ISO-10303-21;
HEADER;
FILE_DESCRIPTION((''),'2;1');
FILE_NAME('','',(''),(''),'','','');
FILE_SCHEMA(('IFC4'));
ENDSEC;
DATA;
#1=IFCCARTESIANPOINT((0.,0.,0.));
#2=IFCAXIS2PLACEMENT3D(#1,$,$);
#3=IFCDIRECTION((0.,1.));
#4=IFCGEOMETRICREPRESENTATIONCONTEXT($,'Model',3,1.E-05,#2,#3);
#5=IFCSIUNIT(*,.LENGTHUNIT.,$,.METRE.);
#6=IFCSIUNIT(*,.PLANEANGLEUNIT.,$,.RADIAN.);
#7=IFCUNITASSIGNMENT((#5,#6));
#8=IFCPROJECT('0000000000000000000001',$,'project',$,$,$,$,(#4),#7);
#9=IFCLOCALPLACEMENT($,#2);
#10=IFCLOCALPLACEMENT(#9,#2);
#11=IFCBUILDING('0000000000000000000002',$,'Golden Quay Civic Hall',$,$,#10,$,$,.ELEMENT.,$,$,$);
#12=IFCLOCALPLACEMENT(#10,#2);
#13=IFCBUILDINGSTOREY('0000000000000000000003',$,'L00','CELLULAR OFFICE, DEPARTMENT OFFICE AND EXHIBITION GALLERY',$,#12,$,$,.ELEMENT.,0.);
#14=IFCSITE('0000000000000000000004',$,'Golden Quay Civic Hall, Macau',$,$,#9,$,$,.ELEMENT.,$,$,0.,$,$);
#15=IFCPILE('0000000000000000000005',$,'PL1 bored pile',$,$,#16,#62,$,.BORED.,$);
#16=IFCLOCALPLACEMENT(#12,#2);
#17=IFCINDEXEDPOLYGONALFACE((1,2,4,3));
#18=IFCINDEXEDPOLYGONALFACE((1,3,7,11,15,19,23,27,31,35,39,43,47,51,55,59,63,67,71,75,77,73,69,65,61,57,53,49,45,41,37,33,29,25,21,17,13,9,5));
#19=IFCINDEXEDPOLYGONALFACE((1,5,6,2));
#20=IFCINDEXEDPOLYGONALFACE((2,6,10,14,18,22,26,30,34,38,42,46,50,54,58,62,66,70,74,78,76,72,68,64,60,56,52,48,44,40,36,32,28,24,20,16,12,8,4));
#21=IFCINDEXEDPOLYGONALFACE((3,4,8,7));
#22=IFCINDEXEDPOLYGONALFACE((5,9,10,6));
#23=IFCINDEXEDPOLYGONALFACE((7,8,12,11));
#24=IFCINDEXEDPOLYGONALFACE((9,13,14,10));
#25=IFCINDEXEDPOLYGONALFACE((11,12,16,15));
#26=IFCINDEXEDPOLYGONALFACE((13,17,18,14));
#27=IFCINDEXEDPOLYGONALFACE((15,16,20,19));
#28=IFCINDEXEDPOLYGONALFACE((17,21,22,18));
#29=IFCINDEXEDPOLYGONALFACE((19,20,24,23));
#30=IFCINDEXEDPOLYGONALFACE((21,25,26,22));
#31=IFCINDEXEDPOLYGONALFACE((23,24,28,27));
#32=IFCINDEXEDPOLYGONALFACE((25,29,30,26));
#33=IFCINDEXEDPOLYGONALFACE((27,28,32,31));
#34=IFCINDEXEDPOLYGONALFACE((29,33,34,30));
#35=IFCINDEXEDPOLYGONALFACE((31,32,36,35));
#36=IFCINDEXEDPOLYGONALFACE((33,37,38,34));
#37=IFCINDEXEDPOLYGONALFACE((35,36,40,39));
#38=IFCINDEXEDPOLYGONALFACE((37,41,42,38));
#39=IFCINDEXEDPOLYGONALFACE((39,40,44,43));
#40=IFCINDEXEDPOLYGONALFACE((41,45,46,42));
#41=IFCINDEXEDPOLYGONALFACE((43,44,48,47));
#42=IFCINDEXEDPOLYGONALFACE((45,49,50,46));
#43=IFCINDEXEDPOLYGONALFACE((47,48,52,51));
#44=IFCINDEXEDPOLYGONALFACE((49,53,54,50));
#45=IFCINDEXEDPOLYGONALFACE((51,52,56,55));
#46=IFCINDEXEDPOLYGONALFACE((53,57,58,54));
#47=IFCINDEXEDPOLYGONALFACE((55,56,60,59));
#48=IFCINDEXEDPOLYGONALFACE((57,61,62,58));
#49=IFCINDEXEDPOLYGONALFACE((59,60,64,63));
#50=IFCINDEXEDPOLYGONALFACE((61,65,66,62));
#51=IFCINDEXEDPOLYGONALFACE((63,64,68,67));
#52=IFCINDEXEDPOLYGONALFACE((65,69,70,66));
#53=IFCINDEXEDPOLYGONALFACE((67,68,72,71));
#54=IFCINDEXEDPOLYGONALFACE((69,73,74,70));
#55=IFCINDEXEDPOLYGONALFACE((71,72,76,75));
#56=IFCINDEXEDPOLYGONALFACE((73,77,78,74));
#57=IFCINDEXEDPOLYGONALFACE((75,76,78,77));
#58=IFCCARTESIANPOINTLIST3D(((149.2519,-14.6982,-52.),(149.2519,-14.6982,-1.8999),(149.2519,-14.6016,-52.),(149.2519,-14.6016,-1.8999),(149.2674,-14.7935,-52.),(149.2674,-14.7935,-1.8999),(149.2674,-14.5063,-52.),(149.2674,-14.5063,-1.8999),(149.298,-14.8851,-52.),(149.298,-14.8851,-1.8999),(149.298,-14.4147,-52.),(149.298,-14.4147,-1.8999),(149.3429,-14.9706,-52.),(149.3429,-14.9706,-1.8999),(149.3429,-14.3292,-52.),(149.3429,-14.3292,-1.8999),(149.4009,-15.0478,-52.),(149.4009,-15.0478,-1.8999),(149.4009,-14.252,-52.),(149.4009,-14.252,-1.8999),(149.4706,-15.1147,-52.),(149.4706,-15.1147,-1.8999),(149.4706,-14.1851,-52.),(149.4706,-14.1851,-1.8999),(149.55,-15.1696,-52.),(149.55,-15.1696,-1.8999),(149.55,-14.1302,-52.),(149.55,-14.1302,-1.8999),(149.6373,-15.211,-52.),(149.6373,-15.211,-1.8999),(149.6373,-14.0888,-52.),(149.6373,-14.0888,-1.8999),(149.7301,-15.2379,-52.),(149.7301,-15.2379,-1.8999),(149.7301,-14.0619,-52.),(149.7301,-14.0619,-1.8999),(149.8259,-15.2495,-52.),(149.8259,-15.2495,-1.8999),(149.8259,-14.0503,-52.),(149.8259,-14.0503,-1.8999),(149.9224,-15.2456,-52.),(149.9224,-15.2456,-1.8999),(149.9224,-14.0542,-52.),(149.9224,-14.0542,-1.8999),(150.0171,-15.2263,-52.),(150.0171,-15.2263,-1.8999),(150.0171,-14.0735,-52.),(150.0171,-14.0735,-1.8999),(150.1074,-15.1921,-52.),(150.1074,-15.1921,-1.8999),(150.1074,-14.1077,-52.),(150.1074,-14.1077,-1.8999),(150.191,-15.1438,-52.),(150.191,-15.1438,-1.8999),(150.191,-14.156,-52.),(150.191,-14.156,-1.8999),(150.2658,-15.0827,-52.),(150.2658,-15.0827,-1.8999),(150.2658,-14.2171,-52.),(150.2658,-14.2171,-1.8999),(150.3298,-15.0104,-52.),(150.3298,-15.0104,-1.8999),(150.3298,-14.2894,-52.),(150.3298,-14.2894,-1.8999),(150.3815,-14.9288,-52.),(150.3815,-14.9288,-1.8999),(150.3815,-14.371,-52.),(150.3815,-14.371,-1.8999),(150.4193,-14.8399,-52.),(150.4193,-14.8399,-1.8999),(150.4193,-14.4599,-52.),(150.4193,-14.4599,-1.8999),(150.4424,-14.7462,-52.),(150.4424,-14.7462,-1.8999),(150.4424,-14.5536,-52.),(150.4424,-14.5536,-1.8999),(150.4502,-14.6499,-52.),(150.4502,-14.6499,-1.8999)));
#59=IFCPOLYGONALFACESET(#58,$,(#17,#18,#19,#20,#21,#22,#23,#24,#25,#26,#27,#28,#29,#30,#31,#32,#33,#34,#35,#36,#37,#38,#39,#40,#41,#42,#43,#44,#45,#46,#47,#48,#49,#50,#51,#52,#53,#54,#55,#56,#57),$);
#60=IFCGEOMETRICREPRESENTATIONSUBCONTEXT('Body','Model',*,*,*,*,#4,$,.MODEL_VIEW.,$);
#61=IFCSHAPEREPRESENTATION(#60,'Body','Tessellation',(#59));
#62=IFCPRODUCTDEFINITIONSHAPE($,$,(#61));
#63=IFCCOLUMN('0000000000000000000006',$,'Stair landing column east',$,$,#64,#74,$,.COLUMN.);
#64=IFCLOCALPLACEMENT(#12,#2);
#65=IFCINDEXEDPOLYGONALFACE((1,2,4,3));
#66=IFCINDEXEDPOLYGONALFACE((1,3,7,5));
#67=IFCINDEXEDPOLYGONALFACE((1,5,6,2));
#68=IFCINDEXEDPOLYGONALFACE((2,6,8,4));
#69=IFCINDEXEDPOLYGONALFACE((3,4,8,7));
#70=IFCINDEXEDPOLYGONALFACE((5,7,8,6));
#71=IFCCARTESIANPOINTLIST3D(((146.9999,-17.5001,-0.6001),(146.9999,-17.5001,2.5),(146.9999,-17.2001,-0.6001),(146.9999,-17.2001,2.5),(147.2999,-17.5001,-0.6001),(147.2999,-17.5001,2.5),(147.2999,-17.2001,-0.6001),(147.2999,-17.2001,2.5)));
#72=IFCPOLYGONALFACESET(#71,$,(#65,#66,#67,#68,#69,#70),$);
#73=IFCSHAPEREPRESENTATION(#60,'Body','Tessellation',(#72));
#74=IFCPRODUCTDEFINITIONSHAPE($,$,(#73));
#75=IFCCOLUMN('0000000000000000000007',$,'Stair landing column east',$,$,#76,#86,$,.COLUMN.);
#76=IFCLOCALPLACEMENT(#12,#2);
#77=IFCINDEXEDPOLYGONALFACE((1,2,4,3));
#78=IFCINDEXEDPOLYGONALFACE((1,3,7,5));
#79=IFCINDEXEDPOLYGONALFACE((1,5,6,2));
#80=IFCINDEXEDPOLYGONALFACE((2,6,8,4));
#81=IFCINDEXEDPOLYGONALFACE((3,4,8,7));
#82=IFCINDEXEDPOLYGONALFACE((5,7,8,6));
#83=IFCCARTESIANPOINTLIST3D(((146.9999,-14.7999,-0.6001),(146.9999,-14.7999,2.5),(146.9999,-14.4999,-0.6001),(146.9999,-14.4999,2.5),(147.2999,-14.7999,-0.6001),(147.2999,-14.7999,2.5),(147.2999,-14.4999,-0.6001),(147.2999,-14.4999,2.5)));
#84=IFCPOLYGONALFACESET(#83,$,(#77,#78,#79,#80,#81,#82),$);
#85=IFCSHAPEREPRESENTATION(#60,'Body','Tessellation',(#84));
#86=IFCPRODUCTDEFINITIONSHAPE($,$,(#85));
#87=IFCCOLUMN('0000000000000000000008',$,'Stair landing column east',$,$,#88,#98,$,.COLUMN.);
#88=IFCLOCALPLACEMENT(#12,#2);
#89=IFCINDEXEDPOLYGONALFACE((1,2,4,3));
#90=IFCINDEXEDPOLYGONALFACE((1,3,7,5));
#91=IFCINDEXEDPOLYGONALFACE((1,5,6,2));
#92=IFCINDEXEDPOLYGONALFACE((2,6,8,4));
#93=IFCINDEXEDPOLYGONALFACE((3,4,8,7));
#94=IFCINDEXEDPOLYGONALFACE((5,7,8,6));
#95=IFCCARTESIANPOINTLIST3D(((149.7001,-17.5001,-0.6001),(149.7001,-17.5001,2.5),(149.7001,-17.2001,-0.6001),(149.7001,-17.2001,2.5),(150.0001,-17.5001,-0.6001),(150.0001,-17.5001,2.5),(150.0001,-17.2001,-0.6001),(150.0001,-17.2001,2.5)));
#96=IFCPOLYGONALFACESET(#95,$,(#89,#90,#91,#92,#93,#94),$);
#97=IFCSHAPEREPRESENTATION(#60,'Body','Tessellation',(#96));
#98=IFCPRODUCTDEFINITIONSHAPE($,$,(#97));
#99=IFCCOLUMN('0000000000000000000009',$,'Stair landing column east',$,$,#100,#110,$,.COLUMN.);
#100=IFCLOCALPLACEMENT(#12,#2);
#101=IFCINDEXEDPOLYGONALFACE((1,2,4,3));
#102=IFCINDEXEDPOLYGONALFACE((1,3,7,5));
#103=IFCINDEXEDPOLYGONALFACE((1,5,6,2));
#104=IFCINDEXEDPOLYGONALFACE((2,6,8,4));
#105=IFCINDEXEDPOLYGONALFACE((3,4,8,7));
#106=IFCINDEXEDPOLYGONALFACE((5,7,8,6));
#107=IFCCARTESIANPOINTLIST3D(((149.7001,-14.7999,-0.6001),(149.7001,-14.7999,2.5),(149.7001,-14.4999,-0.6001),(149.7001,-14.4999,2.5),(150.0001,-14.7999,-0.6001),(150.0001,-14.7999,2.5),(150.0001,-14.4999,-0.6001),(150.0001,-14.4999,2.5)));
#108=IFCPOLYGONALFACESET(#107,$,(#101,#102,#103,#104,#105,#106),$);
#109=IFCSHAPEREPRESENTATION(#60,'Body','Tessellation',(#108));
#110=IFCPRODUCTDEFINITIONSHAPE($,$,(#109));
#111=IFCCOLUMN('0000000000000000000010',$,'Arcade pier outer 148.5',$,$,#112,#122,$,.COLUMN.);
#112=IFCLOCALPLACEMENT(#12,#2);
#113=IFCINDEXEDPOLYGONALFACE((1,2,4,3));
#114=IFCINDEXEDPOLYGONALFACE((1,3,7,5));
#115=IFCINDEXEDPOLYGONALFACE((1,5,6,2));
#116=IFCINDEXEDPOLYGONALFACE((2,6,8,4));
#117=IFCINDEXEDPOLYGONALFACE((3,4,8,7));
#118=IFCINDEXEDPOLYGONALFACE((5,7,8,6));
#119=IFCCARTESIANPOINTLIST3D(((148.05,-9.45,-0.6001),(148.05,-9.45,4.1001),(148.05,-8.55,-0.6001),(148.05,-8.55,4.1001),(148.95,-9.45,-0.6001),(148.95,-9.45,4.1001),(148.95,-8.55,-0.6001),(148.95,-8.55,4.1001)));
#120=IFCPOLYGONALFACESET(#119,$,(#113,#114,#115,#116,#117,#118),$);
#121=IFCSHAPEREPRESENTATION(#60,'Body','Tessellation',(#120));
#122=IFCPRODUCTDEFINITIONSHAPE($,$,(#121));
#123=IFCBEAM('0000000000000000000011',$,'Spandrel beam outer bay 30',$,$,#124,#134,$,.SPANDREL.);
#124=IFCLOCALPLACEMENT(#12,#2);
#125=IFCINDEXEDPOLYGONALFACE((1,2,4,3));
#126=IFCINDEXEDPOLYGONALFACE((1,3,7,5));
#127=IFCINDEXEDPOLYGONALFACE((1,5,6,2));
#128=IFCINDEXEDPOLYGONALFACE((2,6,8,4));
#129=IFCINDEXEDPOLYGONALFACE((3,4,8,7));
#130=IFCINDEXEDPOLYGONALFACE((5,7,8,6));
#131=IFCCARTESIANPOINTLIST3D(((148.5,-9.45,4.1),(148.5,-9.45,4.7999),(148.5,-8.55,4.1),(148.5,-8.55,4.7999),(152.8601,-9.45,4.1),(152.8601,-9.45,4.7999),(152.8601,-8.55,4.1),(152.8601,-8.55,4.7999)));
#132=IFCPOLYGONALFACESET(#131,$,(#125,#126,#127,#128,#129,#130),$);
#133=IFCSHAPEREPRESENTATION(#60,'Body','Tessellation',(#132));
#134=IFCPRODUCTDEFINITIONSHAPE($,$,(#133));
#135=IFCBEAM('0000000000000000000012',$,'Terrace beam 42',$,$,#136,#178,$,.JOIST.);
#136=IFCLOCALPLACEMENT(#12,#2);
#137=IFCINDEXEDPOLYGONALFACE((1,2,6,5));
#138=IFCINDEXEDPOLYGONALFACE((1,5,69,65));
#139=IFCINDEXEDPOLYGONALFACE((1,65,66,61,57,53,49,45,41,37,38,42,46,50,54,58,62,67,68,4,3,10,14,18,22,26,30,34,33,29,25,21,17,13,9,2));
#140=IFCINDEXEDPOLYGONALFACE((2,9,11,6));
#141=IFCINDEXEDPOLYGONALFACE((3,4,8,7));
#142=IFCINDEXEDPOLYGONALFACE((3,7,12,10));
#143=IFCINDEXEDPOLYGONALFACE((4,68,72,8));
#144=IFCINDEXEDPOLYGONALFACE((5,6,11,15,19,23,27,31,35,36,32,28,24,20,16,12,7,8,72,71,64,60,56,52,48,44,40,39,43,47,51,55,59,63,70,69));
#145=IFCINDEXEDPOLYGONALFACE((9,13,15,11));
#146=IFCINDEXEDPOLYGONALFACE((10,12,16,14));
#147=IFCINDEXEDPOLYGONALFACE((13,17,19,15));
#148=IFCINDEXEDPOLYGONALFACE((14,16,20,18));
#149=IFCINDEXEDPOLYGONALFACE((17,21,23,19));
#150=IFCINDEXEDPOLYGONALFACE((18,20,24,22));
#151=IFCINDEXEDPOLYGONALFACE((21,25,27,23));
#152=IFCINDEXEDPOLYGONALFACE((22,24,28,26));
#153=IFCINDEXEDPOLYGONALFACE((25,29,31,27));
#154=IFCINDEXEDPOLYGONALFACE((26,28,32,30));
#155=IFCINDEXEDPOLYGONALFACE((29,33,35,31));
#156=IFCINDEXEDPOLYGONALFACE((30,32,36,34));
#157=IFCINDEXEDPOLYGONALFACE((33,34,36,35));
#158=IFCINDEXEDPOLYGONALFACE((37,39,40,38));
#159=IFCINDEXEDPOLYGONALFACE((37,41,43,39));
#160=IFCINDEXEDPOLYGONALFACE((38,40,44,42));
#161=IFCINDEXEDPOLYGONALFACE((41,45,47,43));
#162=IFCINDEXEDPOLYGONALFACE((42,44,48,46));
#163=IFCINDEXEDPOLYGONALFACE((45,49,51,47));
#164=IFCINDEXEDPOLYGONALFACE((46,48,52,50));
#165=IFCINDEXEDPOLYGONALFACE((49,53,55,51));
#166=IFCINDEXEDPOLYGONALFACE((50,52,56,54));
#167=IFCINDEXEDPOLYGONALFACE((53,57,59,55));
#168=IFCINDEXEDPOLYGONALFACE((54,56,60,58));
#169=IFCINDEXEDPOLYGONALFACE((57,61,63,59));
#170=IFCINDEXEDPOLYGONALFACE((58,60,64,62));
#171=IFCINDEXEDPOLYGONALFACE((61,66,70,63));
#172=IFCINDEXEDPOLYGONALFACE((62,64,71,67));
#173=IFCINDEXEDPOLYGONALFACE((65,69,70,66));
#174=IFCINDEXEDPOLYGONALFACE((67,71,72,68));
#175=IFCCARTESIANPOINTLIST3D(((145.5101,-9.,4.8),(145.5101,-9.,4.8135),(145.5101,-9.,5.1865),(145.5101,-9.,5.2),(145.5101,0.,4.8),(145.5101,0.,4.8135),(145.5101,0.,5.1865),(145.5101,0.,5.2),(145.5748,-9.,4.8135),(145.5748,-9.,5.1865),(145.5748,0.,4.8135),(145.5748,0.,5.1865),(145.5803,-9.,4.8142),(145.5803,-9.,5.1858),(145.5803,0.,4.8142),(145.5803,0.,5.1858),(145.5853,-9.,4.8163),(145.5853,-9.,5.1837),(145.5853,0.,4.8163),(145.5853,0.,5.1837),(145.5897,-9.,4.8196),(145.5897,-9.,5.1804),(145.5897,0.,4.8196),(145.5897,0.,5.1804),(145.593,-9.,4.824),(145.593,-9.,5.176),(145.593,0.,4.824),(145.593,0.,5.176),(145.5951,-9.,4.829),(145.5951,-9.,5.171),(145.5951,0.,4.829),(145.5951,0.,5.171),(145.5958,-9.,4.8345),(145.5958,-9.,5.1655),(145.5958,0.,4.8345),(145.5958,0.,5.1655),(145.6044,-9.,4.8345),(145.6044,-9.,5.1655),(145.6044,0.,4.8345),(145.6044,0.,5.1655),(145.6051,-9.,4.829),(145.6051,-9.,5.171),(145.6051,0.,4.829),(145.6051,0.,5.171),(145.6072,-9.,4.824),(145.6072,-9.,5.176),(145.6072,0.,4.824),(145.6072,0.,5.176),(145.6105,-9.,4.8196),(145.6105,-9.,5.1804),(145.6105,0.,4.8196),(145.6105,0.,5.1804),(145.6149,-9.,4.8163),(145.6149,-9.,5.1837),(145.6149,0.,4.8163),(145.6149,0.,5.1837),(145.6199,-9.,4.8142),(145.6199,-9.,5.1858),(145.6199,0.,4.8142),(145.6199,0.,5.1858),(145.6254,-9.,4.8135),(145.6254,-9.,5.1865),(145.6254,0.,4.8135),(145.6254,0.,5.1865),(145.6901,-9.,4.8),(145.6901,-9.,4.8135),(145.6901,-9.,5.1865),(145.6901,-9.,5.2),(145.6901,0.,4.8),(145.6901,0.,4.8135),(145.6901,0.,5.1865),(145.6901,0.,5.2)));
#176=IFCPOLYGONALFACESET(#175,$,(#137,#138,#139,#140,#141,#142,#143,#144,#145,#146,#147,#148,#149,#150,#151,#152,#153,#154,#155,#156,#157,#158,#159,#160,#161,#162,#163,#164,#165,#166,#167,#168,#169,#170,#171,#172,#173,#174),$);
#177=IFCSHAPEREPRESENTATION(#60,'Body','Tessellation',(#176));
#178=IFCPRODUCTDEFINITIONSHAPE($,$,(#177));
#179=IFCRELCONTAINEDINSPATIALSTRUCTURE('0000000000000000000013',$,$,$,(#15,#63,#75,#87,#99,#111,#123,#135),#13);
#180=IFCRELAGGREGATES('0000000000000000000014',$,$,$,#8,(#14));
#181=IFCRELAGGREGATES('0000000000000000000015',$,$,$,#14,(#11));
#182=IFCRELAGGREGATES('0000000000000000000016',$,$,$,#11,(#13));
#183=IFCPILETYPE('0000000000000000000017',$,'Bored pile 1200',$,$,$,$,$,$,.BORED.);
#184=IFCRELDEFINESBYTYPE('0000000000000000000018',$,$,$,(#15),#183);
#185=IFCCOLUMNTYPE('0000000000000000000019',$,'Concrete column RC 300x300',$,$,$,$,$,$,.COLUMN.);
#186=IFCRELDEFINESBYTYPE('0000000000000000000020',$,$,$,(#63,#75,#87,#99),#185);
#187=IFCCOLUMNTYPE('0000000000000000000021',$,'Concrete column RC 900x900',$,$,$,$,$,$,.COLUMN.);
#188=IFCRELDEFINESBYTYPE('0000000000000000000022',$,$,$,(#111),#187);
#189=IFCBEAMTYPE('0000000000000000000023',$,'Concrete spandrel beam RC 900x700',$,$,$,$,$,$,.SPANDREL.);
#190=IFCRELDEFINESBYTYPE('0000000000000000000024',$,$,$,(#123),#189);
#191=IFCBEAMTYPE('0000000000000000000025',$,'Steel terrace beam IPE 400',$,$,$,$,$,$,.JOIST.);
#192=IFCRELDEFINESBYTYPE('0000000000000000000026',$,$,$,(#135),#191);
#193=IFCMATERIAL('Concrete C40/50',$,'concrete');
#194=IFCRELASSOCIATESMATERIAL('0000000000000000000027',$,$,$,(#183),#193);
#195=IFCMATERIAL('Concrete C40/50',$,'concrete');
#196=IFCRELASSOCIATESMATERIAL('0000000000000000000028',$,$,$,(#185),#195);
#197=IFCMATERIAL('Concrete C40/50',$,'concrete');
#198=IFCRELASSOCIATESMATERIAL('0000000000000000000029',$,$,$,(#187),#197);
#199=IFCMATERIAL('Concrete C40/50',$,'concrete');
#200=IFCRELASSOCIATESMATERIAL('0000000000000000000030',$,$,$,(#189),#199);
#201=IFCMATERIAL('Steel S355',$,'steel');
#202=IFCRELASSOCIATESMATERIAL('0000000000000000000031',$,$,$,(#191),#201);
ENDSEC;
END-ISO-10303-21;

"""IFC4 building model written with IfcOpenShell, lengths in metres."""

from ifc_helpers import new_model, si_unit, direction, frame, origin, origin_2d, place, context, subcontext, project, spatial, rectangle, circle, i_section, extrude, material, material_profile, profile_set, type_object, element, save


model = new_model("IFC4")

# Units and contexts
model_context = context("Model", 3, precision=1e-05, world=origin(), true_north=direction((0.0, 1.0)))
body_context = subcontext(model_context, "Body", "Model", "MODEL_VIEW")
ifc_project = project(units=[si_unit("LENGTHUNIT", "METRE"), si_unit("PLANEANGLEUNIT", "RADIAN")], contexts=[model_context])

# Site, building, storey
site_placement = place(None, origin())
site = spatial("IfcSite", under=ifc_project, at=site_placement, Name="Golden Quay Civic Hall, Macau", CompositionType="ELEMENT", RefElevation=0.0)
building_placement = place(site_placement, origin())
building = spatial("IfcBuilding", under=site, at=building_placement, Name="Golden Quay Civic Hall", CompositionType="ELEMENT")
storey_placement = place(building_placement, origin())
storey = spatial("IfcBuildingStorey", under=building, at=storey_placement, Name="L00", Description="CELLULAR OFFICE, DEPARTMENT OFFICE AND EXHIBITION GALLERY", CompositionType="ELEMENT", Elevation=0.0)

# Pile
ifc_material_1 = material(Name="Concrete C40/50", Category="concrete")
ifc_material_profile_1 = material_profile(ifc_material_1, circle(Radius=0.6001, at=origin_2d()), Name="RC D1200")
ifc_profile_set_1 = profile_set([ifc_material_profile_1], Name="Concrete C40/50")
pile_type = type_object("IfcPileType", Name="Bored pile 1200", PredefinedType="BORED", material=ifc_profile_set_1)
for number, where, z_axis, x_axis, name in (
    (1, (149.8501, -14.6499, -1.8999), (0.0, 0.0, -1.0), (1.0, 0.0, 0.0), "PL1 bored pile"),
):
    element("IfcPile", number, at=place(storey_placement, frame(where, z_axis=z_axis, x_axis=x_axis)), inside=storey, type_object=pile_type, Name=name, PredefinedType="BORED", context=body_context, shape_type="SweptSolid", body=[
        extrude(circle(Radius=0.6001, at=origin_2d()), origin(), (0.0, 0.0, 1.0), 50.1001),
    ])

# Columns
ifc_material_2 = material(Name="Concrete C40/50", Category="concrete")
ifc_material_profile_2 = material_profile(ifc_material_2, rectangle(XDim=0.3, YDim=0.3, at=origin_2d()), Name="RC 300x300")
ifc_profile_set_2 = profile_set([ifc_material_profile_2], Name="Concrete C40/50")
column_type_1 = type_object("IfcColumnType", Name="Concrete column RC 300x300", PredefinedType="COLUMN", material=ifc_profile_set_2)
for number, where, z_axis, x_axis, name in (
    (2, (147.1499, -17.3501, -0.6001), (0.0, 0.0, 1.0), (1.0, 0.0, 0.0), "Stair landing column east"),
    (3, (147.1499, -14.6499, -0.6001), (0.0, 0.0, 1.0), (1.0, 0.0, 0.0), "Stair landing column east"),
    (4, (149.8501, -17.3501, -0.6001), (0.0, 0.0, 1.0), (1.0, 0.0, 0.0), "Stair landing column east"),
    (5, (149.8501, -14.6499, -0.6001), (0.0, 0.0, 1.0), (1.0, 0.0, 0.0), "Stair landing column east"),
):
    element("IfcColumn", number, at=place(storey_placement, frame(where, z_axis=z_axis, x_axis=x_axis)), inside=storey, type_object=column_type_1, Name=name, PredefinedType="COLUMN", context=body_context, shape_type="SweptSolid", body=[
        extrude(rectangle(XDim=0.3, YDim=0.3, at=origin_2d()), origin(), (0.0, 0.0, 1.0), 3.1001),
    ])
ifc_material_3 = material(Name="Concrete C40/50", Category="concrete")
ifc_material_profile_3 = material_profile(ifc_material_3, rectangle(XDim=0.8999, YDim=0.8999, at=origin_2d()), Name="RC 900x900")
ifc_profile_set_3 = profile_set([ifc_material_profile_3], Name="Concrete C40/50")
column_type_2 = type_object("IfcColumnType", Name="Concrete column RC 900x900", PredefinedType="COLUMN", material=ifc_profile_set_3)
column_placement = place(storey_placement, frame((148.5, -9.0, -0.6001), z_axis=(0.0, 0.0, 1.0), x_axis=(1.0, 0.0, 0.0)))
element("IfcColumn", 6, at=column_placement, inside=storey, type_object=column_type_2, Name="Arcade pier outer 148.5", PredefinedType="COLUMN", context=body_context, shape_type="SweptSolid", body=[
    extrude(rectangle(XDim=0.8999, YDim=0.8999, at=origin_2d()), origin(), (0.0, 0.0, 1.0), 4.7002),
])

# Beams
ifc_material_4 = material(Name="Concrete C40/50", Category="concrete")
ifc_material_profile_4 = material_profile(ifc_material_4, rectangle(XDim=0.8999, YDim=0.7, at=origin_2d()), Name="RC 900x700")
ifc_profile_set_4 = profile_set([ifc_material_profile_4], Name="Concrete C40/50")
beam_type_1 = type_object("IfcBeamType", Name="Concrete spandrel beam RC 900x700", PredefinedType="SPANDREL", material=ifc_profile_set_4)
beam_1_placement = place(storey_placement, frame((148.5, -9.0, 4.45), z_axis=(1.0, 0.0, 0.0), x_axis=(0.0, 1.0, 0.0)))
element("IfcBeam", 7, at=beam_1_placement, inside=storey, type_object=beam_type_1, Name="Spandrel beam outer bay 30", PredefinedType="SPANDREL", context=body_context, shape_type="SweptSolid", body=[
    extrude(rectangle(XDim=0.8999, YDim=0.7, at=origin_2d()), origin(), (0.0, 0.0, 1.0), 4.3601),
])
ifc_material_5 = material(Name="Steel S355", Category="steel")
ifc_material_profile_5 = material_profile(ifc_material_5, i_section(OverallWidth=0.1799, OverallDepth=0.3999, WebThickness=0.0085, FlangeThickness=0.0134, FilletRadius=0.021, at=origin_2d()), Name="IPE 400")
ifc_profile_set_5 = profile_set([ifc_material_profile_5], Name="Steel S355")
beam_type_2 = type_object("IfcBeamType", Name="Steel terrace beam IPE 400", PredefinedType="JOIST", material=ifc_profile_set_5)
beam_2_placement = place(storey_placement, frame((145.6001, -9.0, 5.0), z_axis=(0.0, 1.0, 0.0), x_axis=(-1.0, 0.0, 0.0)))
element("IfcBeam", 8, at=beam_2_placement, inside=storey, type_object=beam_type_2, Name="Terrace beam 42", PredefinedType="JOIST", context=body_context, shape_type="SweptSolid", body=[
    extrude(i_section(OverallWidth=0.1799, OverallDepth=0.3999, WebThickness=0.0085, FlangeThickness=0.0134, FilletRadius=0.021, at=origin_2d()), origin(), (0.0, 0.0, 1.0), 9.0),
])

save(model, "model.ifc")
